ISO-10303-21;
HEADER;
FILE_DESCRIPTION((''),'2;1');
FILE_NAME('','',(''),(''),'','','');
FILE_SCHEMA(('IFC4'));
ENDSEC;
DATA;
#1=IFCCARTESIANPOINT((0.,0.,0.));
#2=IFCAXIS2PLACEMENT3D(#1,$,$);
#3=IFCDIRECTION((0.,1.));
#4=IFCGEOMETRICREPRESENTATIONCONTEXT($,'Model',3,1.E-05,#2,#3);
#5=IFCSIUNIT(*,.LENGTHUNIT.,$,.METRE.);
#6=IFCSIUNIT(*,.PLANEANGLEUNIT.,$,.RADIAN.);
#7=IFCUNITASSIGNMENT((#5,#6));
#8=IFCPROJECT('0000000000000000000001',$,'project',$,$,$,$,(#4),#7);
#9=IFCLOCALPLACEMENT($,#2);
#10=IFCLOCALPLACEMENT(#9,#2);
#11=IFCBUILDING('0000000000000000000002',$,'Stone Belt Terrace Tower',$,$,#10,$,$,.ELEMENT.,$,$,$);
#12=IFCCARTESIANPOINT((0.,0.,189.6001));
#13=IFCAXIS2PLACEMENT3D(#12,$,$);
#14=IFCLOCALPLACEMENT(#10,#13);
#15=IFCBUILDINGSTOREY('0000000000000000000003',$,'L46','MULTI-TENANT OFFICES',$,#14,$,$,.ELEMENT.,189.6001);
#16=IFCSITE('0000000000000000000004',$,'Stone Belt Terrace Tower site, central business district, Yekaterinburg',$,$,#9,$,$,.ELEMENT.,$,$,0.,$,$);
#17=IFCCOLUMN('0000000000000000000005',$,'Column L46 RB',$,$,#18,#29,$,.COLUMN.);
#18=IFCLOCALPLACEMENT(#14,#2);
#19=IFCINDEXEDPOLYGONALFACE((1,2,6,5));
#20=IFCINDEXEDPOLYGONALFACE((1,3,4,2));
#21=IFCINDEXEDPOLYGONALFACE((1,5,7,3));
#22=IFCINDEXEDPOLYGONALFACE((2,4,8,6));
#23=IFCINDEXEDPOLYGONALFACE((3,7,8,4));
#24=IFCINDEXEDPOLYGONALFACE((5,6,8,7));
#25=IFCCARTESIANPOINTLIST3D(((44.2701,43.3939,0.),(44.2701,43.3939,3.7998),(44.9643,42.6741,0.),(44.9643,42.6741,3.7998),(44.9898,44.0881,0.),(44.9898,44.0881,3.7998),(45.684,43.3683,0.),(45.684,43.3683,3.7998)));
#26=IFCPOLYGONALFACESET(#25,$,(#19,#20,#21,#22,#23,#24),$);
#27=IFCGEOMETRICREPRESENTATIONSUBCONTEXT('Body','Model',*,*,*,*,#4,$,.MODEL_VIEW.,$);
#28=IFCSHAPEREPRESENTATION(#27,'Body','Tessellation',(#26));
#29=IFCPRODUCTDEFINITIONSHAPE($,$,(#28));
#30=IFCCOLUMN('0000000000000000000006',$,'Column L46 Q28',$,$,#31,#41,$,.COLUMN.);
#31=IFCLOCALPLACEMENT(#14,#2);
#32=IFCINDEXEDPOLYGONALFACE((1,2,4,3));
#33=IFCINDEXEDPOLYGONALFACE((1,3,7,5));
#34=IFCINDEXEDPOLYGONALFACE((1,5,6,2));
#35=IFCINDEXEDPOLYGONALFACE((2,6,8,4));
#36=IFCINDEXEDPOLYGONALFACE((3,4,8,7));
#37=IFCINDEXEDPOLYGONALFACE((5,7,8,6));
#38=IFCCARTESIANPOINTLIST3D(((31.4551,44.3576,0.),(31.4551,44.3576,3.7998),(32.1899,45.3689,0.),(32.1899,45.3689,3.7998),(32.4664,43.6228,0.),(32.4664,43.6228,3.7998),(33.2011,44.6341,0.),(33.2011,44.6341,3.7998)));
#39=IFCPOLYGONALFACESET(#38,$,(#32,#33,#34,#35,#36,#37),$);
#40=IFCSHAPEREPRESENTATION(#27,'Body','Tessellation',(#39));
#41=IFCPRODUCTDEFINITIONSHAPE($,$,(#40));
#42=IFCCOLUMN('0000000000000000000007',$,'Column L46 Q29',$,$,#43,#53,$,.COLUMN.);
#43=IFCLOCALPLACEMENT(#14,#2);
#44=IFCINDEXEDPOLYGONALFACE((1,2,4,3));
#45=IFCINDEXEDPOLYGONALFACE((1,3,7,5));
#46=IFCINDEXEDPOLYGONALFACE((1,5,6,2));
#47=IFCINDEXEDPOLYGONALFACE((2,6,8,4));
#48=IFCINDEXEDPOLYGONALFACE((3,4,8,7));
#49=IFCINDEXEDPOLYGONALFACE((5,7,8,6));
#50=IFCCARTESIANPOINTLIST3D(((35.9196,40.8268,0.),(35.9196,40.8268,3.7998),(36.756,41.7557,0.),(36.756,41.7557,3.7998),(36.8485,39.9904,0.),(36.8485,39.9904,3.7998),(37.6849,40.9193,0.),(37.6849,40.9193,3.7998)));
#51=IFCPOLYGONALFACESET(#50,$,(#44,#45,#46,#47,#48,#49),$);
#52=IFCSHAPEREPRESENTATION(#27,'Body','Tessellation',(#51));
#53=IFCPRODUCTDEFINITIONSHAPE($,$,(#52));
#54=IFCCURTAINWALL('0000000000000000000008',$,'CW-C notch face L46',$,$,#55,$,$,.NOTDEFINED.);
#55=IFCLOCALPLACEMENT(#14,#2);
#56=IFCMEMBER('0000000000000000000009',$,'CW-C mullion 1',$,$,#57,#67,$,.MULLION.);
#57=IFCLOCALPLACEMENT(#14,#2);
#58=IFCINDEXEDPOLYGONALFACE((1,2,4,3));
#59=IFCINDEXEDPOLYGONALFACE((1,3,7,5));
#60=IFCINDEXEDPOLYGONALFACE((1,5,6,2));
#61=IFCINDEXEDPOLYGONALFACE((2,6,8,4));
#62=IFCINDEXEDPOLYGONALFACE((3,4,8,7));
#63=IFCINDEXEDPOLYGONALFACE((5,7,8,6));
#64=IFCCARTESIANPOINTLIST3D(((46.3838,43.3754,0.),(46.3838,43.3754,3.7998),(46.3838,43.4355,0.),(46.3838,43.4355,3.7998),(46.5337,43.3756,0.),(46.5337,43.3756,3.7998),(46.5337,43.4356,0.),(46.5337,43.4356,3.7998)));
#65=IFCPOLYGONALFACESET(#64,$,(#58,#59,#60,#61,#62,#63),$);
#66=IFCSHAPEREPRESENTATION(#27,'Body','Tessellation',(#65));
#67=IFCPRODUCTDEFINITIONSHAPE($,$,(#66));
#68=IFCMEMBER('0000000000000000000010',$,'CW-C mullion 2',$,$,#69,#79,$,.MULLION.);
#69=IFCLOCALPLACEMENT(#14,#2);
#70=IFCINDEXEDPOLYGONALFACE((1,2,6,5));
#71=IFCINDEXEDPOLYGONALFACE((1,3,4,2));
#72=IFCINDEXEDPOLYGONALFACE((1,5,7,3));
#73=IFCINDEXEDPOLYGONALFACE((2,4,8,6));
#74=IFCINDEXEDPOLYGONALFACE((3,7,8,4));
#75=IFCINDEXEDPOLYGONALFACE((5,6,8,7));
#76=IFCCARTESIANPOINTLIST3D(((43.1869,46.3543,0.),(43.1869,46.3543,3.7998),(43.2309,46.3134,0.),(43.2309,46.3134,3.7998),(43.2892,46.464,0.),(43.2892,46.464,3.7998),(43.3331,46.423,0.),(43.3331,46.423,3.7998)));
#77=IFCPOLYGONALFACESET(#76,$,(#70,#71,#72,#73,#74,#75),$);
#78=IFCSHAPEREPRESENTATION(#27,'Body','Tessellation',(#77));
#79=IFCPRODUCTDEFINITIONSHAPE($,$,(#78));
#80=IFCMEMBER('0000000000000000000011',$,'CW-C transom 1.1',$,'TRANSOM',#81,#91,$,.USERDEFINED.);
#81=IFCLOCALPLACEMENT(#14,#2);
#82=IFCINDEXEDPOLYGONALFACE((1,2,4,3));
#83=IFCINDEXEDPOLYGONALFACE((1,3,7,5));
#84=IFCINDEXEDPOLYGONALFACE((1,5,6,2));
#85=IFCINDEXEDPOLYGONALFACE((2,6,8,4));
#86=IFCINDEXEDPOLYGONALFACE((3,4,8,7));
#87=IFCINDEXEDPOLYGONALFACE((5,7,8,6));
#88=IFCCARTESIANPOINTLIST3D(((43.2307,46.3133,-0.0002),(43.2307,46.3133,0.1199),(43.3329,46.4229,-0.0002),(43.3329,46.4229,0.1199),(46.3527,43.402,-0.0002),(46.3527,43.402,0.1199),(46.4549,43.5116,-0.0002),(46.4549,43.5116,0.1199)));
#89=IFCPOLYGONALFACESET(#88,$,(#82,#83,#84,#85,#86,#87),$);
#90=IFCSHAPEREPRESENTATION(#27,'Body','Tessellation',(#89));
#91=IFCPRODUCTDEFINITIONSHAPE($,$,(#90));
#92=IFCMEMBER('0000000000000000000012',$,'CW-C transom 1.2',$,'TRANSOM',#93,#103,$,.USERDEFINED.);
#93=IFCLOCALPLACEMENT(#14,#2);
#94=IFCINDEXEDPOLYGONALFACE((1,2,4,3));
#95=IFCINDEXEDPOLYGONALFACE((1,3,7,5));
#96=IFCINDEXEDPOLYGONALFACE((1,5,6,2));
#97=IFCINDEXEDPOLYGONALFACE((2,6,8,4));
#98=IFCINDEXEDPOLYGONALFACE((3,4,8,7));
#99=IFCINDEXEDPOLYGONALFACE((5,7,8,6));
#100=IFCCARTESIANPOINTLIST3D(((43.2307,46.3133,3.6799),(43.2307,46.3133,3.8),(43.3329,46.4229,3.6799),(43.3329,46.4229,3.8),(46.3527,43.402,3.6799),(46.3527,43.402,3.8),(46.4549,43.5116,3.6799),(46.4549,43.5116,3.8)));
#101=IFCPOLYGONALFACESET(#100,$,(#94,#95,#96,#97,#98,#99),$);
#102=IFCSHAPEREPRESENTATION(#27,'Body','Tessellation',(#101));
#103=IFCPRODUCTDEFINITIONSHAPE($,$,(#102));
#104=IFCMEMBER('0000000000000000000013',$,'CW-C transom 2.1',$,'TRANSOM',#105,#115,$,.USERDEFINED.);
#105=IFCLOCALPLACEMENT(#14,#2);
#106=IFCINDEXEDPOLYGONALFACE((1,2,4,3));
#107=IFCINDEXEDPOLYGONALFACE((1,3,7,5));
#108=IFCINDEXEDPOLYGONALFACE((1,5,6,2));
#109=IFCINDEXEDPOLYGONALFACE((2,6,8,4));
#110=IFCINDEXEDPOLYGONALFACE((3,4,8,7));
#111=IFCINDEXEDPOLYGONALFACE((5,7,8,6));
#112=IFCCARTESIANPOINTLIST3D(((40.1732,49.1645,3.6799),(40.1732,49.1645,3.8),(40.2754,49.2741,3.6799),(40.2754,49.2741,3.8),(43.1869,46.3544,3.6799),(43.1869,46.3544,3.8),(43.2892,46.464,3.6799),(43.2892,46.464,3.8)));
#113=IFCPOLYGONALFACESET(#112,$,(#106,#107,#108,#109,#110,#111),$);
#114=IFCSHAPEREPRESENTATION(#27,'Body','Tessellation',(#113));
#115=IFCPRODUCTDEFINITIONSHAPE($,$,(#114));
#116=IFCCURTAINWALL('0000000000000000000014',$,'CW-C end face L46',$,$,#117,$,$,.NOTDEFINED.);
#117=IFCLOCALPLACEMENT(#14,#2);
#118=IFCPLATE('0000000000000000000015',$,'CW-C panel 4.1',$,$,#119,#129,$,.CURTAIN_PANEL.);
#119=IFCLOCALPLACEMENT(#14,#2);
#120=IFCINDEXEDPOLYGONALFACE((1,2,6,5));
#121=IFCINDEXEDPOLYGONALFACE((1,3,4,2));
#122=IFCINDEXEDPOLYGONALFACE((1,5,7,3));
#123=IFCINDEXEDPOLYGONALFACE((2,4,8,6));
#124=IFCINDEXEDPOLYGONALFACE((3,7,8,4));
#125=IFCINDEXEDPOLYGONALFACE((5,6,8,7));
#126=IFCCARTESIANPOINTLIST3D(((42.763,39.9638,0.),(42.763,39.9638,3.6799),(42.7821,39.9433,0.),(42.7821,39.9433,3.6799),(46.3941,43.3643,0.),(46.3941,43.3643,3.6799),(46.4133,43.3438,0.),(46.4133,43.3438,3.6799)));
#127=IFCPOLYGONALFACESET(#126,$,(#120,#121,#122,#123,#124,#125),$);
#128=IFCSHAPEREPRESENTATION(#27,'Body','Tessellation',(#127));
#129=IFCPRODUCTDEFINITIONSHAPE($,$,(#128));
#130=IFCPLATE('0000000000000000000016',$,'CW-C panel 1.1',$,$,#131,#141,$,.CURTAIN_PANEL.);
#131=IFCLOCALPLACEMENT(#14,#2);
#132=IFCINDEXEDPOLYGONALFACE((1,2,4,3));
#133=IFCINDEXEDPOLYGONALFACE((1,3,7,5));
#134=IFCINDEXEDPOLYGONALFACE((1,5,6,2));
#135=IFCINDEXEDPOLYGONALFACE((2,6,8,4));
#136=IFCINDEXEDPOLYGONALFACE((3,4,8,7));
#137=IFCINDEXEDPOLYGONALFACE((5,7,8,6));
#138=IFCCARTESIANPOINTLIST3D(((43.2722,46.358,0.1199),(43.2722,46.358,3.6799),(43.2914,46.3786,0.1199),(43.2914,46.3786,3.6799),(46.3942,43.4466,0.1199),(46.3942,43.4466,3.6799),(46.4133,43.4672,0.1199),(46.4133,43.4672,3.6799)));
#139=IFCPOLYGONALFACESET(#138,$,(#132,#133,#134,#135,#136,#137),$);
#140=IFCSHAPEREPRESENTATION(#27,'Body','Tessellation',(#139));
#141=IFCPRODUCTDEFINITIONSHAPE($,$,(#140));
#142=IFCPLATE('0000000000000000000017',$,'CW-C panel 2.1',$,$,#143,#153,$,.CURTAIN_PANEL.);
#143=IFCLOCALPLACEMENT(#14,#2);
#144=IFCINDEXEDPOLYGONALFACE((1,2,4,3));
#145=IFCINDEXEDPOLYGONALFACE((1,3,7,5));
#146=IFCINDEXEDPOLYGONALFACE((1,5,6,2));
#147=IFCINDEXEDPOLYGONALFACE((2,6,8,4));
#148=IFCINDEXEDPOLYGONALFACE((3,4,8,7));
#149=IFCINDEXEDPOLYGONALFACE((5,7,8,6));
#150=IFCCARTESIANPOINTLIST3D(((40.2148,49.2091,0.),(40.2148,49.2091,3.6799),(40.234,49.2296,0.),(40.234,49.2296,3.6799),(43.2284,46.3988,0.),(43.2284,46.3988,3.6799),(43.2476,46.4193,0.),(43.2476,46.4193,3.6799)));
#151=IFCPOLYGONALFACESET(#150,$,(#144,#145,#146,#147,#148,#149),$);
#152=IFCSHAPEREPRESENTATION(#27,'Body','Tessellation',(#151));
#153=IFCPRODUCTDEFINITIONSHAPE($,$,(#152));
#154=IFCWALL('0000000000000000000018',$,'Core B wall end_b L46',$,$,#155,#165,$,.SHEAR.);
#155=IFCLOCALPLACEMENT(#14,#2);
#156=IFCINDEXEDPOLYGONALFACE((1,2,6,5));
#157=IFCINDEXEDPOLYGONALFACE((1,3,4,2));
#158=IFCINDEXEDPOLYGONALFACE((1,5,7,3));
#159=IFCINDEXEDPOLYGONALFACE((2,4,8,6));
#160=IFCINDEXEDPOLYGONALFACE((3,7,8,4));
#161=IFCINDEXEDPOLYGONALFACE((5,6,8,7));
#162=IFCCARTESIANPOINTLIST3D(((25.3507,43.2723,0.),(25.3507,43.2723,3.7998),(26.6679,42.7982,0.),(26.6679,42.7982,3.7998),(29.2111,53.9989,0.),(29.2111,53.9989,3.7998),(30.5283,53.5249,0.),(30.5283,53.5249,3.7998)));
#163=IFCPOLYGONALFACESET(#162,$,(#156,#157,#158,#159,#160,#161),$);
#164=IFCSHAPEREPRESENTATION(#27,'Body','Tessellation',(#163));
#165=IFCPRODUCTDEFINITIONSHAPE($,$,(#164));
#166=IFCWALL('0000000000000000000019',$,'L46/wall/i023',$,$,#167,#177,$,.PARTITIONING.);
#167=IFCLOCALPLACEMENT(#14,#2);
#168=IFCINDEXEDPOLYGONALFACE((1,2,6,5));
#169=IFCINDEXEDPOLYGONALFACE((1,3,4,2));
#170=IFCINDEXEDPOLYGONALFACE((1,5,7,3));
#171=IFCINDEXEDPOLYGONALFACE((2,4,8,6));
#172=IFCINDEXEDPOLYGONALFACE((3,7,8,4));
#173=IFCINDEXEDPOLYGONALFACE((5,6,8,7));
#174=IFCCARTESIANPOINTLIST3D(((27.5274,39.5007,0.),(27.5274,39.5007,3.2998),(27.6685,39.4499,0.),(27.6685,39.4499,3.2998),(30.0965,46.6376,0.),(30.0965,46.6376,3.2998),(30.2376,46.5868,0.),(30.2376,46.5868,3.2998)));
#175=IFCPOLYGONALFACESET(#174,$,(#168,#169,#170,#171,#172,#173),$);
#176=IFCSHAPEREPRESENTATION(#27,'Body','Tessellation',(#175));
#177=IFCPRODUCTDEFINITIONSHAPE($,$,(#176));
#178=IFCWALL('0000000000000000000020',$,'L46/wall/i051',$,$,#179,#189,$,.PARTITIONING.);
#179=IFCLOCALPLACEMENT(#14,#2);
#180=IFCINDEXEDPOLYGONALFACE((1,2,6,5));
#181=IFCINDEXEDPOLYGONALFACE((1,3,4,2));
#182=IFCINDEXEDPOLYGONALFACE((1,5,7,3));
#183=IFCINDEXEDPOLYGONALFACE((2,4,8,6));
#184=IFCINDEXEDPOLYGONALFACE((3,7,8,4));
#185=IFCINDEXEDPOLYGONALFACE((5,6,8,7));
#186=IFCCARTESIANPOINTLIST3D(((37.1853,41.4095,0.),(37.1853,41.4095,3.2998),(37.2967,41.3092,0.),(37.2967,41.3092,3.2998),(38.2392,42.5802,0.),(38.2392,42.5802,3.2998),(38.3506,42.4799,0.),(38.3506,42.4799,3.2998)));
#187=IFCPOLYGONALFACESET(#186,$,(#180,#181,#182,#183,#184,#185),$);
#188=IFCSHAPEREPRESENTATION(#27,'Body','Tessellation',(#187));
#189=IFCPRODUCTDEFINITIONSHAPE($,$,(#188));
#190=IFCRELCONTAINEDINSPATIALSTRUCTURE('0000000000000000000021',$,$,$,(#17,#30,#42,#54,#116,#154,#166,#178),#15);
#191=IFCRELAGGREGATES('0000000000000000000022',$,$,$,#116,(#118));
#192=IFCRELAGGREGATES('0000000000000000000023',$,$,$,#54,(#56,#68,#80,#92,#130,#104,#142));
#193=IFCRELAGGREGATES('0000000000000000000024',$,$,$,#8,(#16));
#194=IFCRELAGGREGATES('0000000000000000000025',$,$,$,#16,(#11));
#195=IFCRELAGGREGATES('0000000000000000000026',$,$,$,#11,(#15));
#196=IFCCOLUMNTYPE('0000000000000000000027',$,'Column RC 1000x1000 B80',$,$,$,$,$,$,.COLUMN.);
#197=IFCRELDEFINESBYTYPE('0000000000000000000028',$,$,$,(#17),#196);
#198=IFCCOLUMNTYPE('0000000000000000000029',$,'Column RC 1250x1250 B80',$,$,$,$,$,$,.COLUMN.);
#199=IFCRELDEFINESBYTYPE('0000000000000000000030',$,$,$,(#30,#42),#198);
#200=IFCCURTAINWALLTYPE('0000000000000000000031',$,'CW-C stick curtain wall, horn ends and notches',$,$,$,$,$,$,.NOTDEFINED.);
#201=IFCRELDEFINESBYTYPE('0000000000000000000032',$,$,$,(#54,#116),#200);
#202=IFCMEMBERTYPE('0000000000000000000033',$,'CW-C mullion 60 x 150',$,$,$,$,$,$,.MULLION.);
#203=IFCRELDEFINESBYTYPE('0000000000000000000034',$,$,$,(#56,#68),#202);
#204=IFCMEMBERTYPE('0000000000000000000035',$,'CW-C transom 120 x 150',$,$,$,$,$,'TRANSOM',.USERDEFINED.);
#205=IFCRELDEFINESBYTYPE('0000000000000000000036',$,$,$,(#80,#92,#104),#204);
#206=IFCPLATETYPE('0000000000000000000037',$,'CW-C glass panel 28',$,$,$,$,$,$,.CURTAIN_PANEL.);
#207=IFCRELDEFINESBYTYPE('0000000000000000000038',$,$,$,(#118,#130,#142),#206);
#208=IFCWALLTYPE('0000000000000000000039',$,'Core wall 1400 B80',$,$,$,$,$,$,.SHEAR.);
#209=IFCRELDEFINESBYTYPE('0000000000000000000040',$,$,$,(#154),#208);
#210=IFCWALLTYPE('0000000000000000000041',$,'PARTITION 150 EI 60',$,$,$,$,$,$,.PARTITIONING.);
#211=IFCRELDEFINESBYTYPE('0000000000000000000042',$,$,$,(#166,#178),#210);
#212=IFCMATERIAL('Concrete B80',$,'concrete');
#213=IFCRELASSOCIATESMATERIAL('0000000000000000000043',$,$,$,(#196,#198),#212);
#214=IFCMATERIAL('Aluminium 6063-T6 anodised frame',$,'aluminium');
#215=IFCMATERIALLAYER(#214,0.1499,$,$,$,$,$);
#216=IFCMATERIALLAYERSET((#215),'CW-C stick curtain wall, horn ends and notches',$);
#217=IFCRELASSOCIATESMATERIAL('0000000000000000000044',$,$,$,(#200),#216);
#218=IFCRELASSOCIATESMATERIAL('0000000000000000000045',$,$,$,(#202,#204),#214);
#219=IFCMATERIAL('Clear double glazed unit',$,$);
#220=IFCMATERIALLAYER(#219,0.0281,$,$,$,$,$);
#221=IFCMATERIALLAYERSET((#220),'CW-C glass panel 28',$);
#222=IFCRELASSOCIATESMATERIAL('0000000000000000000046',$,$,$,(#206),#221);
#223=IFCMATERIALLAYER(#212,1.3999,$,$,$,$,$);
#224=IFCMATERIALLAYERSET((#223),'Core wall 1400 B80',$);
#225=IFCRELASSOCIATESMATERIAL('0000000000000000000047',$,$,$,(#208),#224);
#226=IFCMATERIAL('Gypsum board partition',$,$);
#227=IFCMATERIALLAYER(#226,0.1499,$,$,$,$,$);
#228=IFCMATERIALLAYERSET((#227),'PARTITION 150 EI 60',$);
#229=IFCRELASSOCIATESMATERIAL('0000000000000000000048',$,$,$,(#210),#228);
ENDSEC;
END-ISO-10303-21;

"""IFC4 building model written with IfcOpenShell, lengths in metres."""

from ifc_helpers import new_model, si_unit, direction, frame, frame_2d, origin, origin_2d, place, context, subcontext, project, spatial, rectangle, extrude, material, layer, layer_set, material_profile, profile_set, type_object, element, aggregate, save


model = new_model("IFC4")

# Units and contexts
model_context = context("Model", 3, precision=1e-05, world=origin(), true_north=direction((0.0, 1.0)))
body_context = subcontext(model_context, "Body", "Model", "MODEL_VIEW")
ifc_project = project(units=[si_unit("LENGTHUNIT", "METRE"), si_unit("PLANEANGLEUNIT", "RADIAN")], contexts=[model_context])

# Site, building, storey
site_placement = place(None, origin())
site = spatial("IfcSite", under=ifc_project, at=site_placement, Name="Stone Belt Terrace Tower site, central business district, Yekaterinburg", CompositionType="ELEMENT", RefElevation=0.0)
building_placement = place(site_placement, origin())
building = spatial("IfcBuilding", under=site, at=building_placement, Name="Stone Belt Terrace Tower", CompositionType="ELEMENT")
storey_placement = place(building_placement, frame((0.0, 0.0, 189.6001)))
storey = spatial("IfcBuildingStorey", under=building, at=storey_placement, Name="L46", Description="MULTI-TENANT OFFICES", CompositionType="ELEMENT", Elevation=189.6001)

# Columns
ifc_material_1 = material(Name="Concrete B80", Category="concrete")
ifc_material_profile_1 = material_profile(ifc_material_1, rectangle(XDim=1.0, YDim=1.0, at=origin_2d()), Name="RC 1000x1000")
ifc_profile_set_1 = profile_set([ifc_material_profile_1], Name="Concrete B80")
column_type_1 = type_object("IfcColumnType", Name="Column RC 1000x1000 B80", PredefinedType="COLUMN", material=ifc_profile_set_1)
column_placement = place(storey_placement, frame((44.9771, 43.3811, 0.0), z_axis=(0.0, 0.0, 1.0), x_axis=(0.694221, -0.719762, 0.0)))
element("IfcColumn", 1, at=column_placement, inside=storey, type_object=column_type_1, Name="Column L46 RB", PredefinedType="COLUMN", context=body_context, shape_type="SweptSolid", body=[
    extrude(rectangle(XDim=1.0, YDim=1.0, at=origin_2d()), origin(), (0.0, 0.0, 1.0), 3.7998),
])
ifc_material_profile_2 = material_profile(ifc_material_1, rectangle(XDim=1.25, YDim=1.25, at=origin_2d()), Name="RC 1250x1250")
ifc_profile_set_2 = profile_set([ifc_material_profile_2], Name="Concrete B80")
column_type_2 = type_object("IfcColumnType", Name="Column RC 1250x1250 B80", PredefinedType="COLUMN", material=ifc_profile_set_2)
for number, where, z_axis, x_axis, name in (
    (2, (32.3281, 44.4958, 0.0), (0.0, 0.0, 1.0), (0.809017, -0.587785, 0.0), "Column L46 Q28"),
    (3, (36.8022, 40.873, 0.0), (0.0, 0.0, 1.0), (0.743145, -0.669131, 0.0), "Column L46 Q29"),
):
    element("IfcColumn", number, at=place(storey_placement, frame(where, z_axis=z_axis, x_axis=x_axis)), inside=storey, type_object=column_type_2, Name=name, PredefinedType="COLUMN", context=body_context, shape_type="SweptSolid", body=[
        extrude(rectangle(XDim=1.25, YDim=1.25, at=origin_2d()), origin(), (0.0, 0.0, 1.0), 3.7998),
    ])

# Curtain wall, members
ifc_material_2 = material(Name="Aluminium 6063-T6 anodised frame", Category="aluminium")
ifc_layer_1 = layer(ifc_material_2, 0.1499)
ifc_layer_set_1 = layer_set([ifc_layer_1], Name="CW-C stick curtain wall, horn ends and notches")
curtain_wall_type = type_object("IfcCurtainWallType", Name="CW-C stick curtain wall, horn ends and notches", PredefinedType="NOTDEFINED", material=ifc_layer_set_1)
curtain_wall_1_placement = place(storey_placement, origin())
curtain_wall_1 = element("IfcCurtainWall", 4, at=curtain_wall_1_placement, inside=storey, type_object=curtain_wall_type, Name="CW-C notch face L46", PredefinedType="NOTDEFINED")
ifc_material_profile_3 = material_profile(ifc_material_2, rectangle(XDim=0.1499, YDim=0.0601, at=origin_2d()), Name="Aluminium 6063-T6 60x150")
ifc_profile_set_3 = profile_set([ifc_material_profile_3], Name="Aluminium 6063-T6 anodised frame")
member_type_1 = type_object("IfcMemberType", Name="CW-C mullion 60 x 150", PredefinedType="MULLION", material=ifc_profile_set_3)
member_1_placement = place(storey_placement, frame((46.4587, 43.4055, 0.0), z_axis=(0.0, 0.0, 1.0), x_axis=(-0.999999, -0.001051, 0.0)))
member_1 = element("IfcMember", 5, at=member_1_placement, type_object=member_type_1, Name="CW-C mullion 1", PredefinedType="MULLION", context=body_context, shape_type="SweptSolid", body=[
    extrude(rectangle(XDim=0.1499, YDim=0.0601, at=origin_2d()), origin(), (0.0, 0.0, 1.0), 3.7998),
])
member_2_placement = place(storey_placement, frame((43.26, 46.3887, 0.0), z_axis=(0.0, 0.0, 1.0), x_axis=(-0.682014, -0.731339, 0.0)))
member_2 = element("IfcMember", 6, at=member_2_placement, type_object=member_type_1, Name="CW-C mullion 2", PredefinedType="MULLION", context=body_context, shape_type="SweptSolid", body=[
    extrude(rectangle(XDim=0.1499, YDim=0.0601, at=origin_2d()), origin(), (0.0, 0.0, 1.0), 3.7998),
])
ifc_material_profile_4 = material_profile(ifc_material_2, rectangle(XDim=0.1499, YDim=0.1201, at=origin_2d()), Name="Aluminium 6063-T6 150x120")
ifc_profile_set_4 = profile_set([ifc_material_profile_4], Name="Aluminium 6063-T6 anodised frame")
member_type_2 = type_object("IfcMemberType", Name="CW-C transom 120 x 150", ElementType="TRANSOM", PredefinedType="USERDEFINED", material=ifc_profile_set_4)
member_3_placement = place(storey_placement, frame((46.4038, 43.4568, 0.0598), z_axis=(-0.731354, 0.681998, 0.0), x_axis=(-0.681998, -0.731354, 0.0)))
member_3 = element("IfcMember", 7, at=member_3_placement, type_object=member_type_2, Name="CW-C transom 1.1", ObjectType="TRANSOM", PredefinedType="USERDEFINED", context=body_context, shape_type="SweptSolid", body=[
    extrude(rectangle(XDim=0.1499, YDim=0.1201, at=origin_2d()), origin(), (0.0, 0.0, 1.0), 4.2688),
])
member_4_placement = place(storey_placement, frame((46.4038, 43.4568, 3.74), z_axis=(-0.731354, 0.681998, 0.0), x_axis=(-0.681998, -0.731354, 0.0)))
member_4 = element("IfcMember", 8, at=member_4_placement, type_object=member_type_2, Name="CW-C transom 1.2", ObjectType="TRANSOM", PredefinedType="USERDEFINED", context=body_context, shape_type="SweptSolid", body=[
    extrude(rectangle(XDim=0.1499, YDim=0.1201, at=origin_2d()), origin(), (0.0, 0.0, 1.0), 4.2688),
])
member_5_placement = place(storey_placement, frame((43.238, 46.4092, 3.74), z_axis=(-0.731382, 0.681968, 0.0), x_axis=(-0.681968, -0.731382, 0.0)))
member_5 = element("IfcMember", 9, at=member_5_placement, type_object=member_type_2, Name="CW-C transom 2.1", ObjectType="TRANSOM", PredefinedType="USERDEFINED", context=body_context, shape_type="SweptSolid", body=[
    extrude(rectangle(XDim=0.1499, YDim=0.1201, at=origin_2d()), origin(), (0.0, 0.0, 1.0), 4.1206),
])

# Curtain wall, plate
curtain_wall_2_placement = place(storey_placement, origin())
curtain_wall_2 = element("IfcCurtainWall", 10, at=curtain_wall_2_placement, inside=storey, type_object=curtain_wall_type, Name="CW-C end face L46", PredefinedType="NOTDEFINED")
ifc_material_3 = material(Name="Clear double glazed unit")
ifc_layer_2 = layer(ifc_material_3, 0.0281)
ifc_layer_set_2 = layer_set([ifc_layer_2], Name="CW-C glass panel 28")
plate_type = type_object("IfcPlateType", Name="CW-C glass panel 28", PredefinedType="CURTAIN_PANEL", material=ifc_layer_set_2)
plate_1_placement = place(storey_placement, frame((44.5881, 41.6538, 0.0), z_axis=(0.0, 0.0, 1.0), x_axis=(0.729904, 0.683549, 0.0)))
plate_1 = element("IfcPlate", 11, at=plate_1_placement, type_object=plate_type, Name="CW-C panel 4.1", PredefinedType="CURTAIN_PANEL", context=body_context, shape_type="SweptSolid", body=[
    extrude(rectangle(XDim=4.9749, YDim=0.0281, at=origin_2d()), origin(), (0.0, 0.0, 1.0), 3.6799),
])
aggregate(curtain_wall_2, [plate_1])

# Plates
plate_2_placement = place(storey_placement, frame((44.8428, 44.9126, 0.1199), z_axis=(0.0, 0.0, 1.0), x_axis=(-0.731339, 0.682014, 0.0)))
plate_2 = element("IfcPlate", 12, at=plate_2_placement, type_object=plate_type, Name="CW-C panel 1.1", PredefinedType="CURTAIN_PANEL", context=body_context, shape_type="SweptSolid", body=[
    extrude(rectangle(XDim=4.2688, YDim=0.0281, at=origin_2d()), origin(), (0.0, 0.0, 1.0), 3.5601),
])
plate_3_placement = place(storey_placement, frame((41.7312, 47.8142, 0.0), z_axis=(0.0, 0.0, 1.0), x_axis=(-0.731339, 0.682014, 0.0)))
plate_3 = element("IfcPlate", 13, at=plate_3_placement, type_object=plate_type, Name="CW-C panel 2.1", PredefinedType="CURTAIN_PANEL", context=body_context, shape_type="SweptSolid", body=[
    extrude(rectangle(XDim=4.1206, YDim=0.0281, at=origin_2d()), origin(), (0.0, 0.0, 1.0), 3.6799),
])
aggregate(curtain_wall_1, [member_1, member_2, member_3, member_4, plate_2, member_5, plate_3])

# Walls
ifc_layer_3 = layer(ifc_material_1, 1.3999)
ifc_layer_set_3 = layer_set([ifc_layer_3], Name="Core wall 1400 B80")
wall_type_1 = type_object("IfcWallType", Name="Core wall 1400 B80", PredefinedType="SHEAR", material=ifc_layer_set_3)
wall_1_placement = place(storey_placement, frame((26.0093, 43.0352, 0.0), z_axis=(0.0, 0.0, 1.0), x_axis=(0.338625, 0.940921, 0.0)))
element("IfcWall", 14, at=wall_1_placement, inside=storey, type_object=wall_type_1, Name="Core B wall end_b L46", PredefinedType="SHEAR", context=body_context, shape_type="SweptSolid", body=[
    extrude(rectangle(XDim=11.4001, YDim=1.3999, at=frame_2d((5.7002, 0.0))), origin(), (0.0, 0.0, 1.0), 3.7998),
])
ifc_material_4 = material(Name="Gypsum board partition")
ifc_layer_4 = layer(ifc_material_4, 0.1499)
ifc_layer_set_4 = layer_set([ifc_layer_4], Name="PARTITION 150 EI 60")
wall_type_2 = type_object("IfcWallType", Name="PARTITION 150 EI 60", PredefinedType="PARTITIONING", material=ifc_layer_set_4)
wall_2_placement = place(storey_placement, frame((30.167, 46.6121, 0.0), z_axis=(0.0, 0.0, 1.0), x_axis=(-0.338694, -0.940896, 0.0)))
element("IfcWall", 15, at=wall_2_placement, inside=storey, type_object=wall_type_2, Name="L46/wall/i023", PredefinedType="PARTITIONING", context=body_context, shape_type="SweptSolid", body=[
    extrude(rectangle(XDim=7.5852, YDim=0.1499, at=frame_2d((3.7925, 0.0))), origin(), (0.0, 0.0, 1.0), 3.2998),
])
wall_3_placement = place(storey_placement, frame((37.241, 41.3594, 0.0), z_axis=(0.0, 0.0, 1.0), x_axis=(0.669093, 0.743179, 0.0)))
element("IfcWall", 16, at=wall_3_placement, inside=storey, type_object=wall_type_2, Name="L46/wall/i051", PredefinedType="PARTITIONING", context=body_context, shape_type="SweptSolid", body=[
    extrude(rectangle(XDim=1.5752, YDim=0.1499, at=frame_2d((0.7876, 0.0))), origin(), (0.0, 0.0, 1.0), 3.2998),
])

save(model, "model.ifc")
